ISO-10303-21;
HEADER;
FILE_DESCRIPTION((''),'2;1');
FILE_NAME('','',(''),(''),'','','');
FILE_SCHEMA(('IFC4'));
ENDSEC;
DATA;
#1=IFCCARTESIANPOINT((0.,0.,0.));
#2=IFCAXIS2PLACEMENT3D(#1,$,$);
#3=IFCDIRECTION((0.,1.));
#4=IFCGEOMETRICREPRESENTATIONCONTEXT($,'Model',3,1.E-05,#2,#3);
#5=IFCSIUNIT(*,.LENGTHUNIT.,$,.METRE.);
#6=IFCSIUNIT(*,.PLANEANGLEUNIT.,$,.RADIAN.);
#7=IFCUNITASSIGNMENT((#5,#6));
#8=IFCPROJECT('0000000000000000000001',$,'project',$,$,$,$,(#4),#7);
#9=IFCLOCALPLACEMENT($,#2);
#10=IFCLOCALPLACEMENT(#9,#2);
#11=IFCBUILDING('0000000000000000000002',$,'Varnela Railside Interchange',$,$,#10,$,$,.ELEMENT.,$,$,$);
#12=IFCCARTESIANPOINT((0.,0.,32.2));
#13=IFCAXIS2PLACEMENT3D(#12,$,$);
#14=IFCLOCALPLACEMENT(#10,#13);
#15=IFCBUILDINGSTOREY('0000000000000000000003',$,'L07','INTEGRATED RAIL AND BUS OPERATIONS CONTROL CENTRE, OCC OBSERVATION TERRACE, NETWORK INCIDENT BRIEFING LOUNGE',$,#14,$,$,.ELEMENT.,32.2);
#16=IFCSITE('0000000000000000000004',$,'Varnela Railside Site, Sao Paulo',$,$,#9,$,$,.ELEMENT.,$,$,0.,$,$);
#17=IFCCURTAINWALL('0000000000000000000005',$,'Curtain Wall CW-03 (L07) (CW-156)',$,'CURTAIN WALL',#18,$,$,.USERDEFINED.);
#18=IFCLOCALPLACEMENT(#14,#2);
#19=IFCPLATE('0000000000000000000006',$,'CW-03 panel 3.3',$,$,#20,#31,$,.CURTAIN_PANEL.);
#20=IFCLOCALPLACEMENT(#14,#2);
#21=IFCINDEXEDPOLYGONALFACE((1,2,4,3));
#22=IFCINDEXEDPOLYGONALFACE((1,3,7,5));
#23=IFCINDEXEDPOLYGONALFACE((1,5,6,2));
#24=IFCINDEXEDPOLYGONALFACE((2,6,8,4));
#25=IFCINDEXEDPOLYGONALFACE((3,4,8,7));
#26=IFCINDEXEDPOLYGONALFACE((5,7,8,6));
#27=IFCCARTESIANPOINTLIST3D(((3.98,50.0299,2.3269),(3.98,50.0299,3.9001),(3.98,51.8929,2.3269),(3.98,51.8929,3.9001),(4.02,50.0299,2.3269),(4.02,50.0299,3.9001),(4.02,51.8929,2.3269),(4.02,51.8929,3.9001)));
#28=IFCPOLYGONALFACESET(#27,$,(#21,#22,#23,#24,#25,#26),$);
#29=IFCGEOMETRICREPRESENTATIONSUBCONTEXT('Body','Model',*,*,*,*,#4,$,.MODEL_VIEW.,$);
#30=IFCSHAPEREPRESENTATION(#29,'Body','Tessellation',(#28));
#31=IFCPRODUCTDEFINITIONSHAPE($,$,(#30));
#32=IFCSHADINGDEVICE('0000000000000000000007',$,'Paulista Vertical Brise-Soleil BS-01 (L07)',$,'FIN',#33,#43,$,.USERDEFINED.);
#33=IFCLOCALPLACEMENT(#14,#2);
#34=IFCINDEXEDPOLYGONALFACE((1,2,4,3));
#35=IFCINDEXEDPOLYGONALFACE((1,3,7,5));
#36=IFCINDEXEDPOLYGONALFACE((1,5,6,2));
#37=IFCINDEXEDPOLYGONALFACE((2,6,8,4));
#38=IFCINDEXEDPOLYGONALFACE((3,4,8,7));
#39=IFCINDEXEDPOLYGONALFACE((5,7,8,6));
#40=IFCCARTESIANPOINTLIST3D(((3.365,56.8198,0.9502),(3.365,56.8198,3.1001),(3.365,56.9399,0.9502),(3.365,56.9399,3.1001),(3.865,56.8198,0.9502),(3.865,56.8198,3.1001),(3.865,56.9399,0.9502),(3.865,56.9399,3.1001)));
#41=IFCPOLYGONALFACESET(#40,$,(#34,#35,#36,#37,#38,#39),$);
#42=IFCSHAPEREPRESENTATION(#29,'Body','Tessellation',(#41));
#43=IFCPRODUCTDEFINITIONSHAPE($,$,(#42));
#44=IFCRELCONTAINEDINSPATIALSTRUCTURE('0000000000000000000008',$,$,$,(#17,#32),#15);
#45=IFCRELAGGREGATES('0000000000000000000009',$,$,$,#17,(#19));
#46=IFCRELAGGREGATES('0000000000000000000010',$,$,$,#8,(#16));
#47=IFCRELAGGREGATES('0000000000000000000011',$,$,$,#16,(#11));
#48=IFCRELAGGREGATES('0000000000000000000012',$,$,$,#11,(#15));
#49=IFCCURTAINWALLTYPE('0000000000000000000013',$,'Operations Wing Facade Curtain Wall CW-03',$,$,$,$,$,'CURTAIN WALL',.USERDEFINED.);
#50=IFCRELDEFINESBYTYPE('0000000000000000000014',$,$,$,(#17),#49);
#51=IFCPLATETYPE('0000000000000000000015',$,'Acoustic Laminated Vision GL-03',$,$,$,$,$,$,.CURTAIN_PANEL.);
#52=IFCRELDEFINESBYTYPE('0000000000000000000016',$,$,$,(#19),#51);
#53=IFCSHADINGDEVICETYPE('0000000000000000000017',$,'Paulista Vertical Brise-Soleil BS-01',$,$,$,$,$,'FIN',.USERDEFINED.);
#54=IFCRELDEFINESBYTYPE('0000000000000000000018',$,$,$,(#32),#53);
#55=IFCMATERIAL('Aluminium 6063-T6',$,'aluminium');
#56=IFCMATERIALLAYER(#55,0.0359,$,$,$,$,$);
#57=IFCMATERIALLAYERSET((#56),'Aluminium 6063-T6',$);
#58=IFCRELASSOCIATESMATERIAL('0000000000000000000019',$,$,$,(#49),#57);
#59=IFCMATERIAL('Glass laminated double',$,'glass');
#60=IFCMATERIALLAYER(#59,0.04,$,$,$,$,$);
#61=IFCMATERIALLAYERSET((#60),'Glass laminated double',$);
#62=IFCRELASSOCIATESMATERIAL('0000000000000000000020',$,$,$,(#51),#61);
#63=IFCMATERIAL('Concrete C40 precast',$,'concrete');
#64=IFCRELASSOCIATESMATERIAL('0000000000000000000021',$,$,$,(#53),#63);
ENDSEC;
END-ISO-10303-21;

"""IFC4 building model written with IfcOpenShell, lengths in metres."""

from ifc_helpers import new_model, si_unit, direction, frame, origin, origin_2d, place, context, subcontext, project, spatial, rectangle, extrude, material, layer, layer_set, type_object, element, aggregate, save


model = new_model("IFC4")

# Units and contexts
model_context = context("Model", 3, precision=1e-05, world=origin(), true_north=direction((0.0, 1.0)))
body_context = subcontext(model_context, "Body", "Model", "MODEL_VIEW")
ifc_project = project(units=[si_unit("LENGTHUNIT", "METRE"), si_unit("PLANEANGLEUNIT", "RADIAN")], contexts=[model_context])

# Site, building, storey
site_placement = place(None, origin())
site = spatial("IfcSite", under=ifc_project, at=site_placement, Name="Varnela Railside Site, Sao Paulo", CompositionType="ELEMENT", RefElevation=0.0)
building_placement = place(site_placement, origin())
building = spatial("IfcBuilding", under=site, at=building_placement, Name="Varnela Railside Interchange", CompositionType="ELEMENT")
storey_placement = place(building_placement, frame((0.0, 0.0, 32.2)))
storey = spatial("IfcBuildingStorey", under=building, at=storey_placement, Name="L07", Description="INTEGRATED RAIL AND BUS OPERATIONS CONTROL CENTRE, OCC OBSERVATION TERRACE, NETWORK INCIDENT BRIEFING LOUNGE", CompositionType="ELEMENT", Elevation=32.2)

# Curtain wall
ifc_material_1 = material(Name="Aluminium 6063-T6", Category="aluminium")
ifc_layer_1 = layer(ifc_material_1, 0.0359)
ifc_layer_set_1 = layer_set([ifc_layer_1], Name="Aluminium 6063-T6")
curtain_wall_type = type_object("IfcCurtainWallType", Name="Operations Wing Facade Curtain Wall CW-03", ElementType="CURTAIN WALL", PredefinedType="USERDEFINED", material=ifc_layer_set_1)
curtain_wall_placement = place(storey_placement, origin())
curtain_wall = element("IfcCurtainWall", 1, at=curtain_wall_placement, inside=storey, type_object=curtain_wall_type, Name="Curtain Wall CW-03 (L07) (CW-156)", ObjectType="CURTAIN WALL", PredefinedType="USERDEFINED")

# Plate
ifc_material_2 = material(Name="Glass laminated double", Category="glass")
ifc_layer_2 = layer(ifc_material_2, 0.04)
ifc_layer_set_2 = layer_set([ifc_layer_2], Name="Glass laminated double")
plate_type = type_object("IfcPlateType", Name="Acoustic Laminated Vision GL-03", PredefinedType="CURTAIN_PANEL", material=ifc_layer_set_2)
plate_1_placement = place(storey_placement, frame((4.0, 50.9614, 2.3269), z_axis=(0.0, 0.0, 1.0), x_axis=(0.0, 1.0, 0.0)))
plate_1 = element("IfcPlate", 2, at=plate_1_placement, type_object=plate_type, Name="CW-03 panel 3.3", PredefinedType="CURTAIN_PANEL", context=body_context, shape_type="SweptSolid", body=[
    extrude(rectangle(XDim=1.863, YDim=0.04, at=origin_2d()), origin(), (0.0, 0.0, 1.0), 1.5732),
])
aggregate(curtain_wall, [plate_1])

# Shading device
ifc_material_3 = material(Name="Concrete C40 precast", Category="concrete")
shading_device_type = type_object("IfcShadingDeviceType", Name="Paulista Vertical Brise-Soleil BS-01", ElementType="FIN", PredefinedType="USERDEFINED", material=ifc_material_3)
shading_device_placement = place(storey_placement, frame((3.615, 56.8799, 0.9502), z_axis=(0.0, 0.0, 1.0), x_axis=(-1.0, 0.0, 0.0)))
element("IfcShadingDevice", 3, at=shading_device_placement, inside=storey, type_object=shading_device_type, Name="Paulista Vertical Brise-Soleil BS-01 (L07)", ObjectType="FIN", PredefinedType="USERDEFINED", context=body_context, shape_type="SweptSolid", body=[
    extrude(rectangle(XDim=0.5, YDim=0.1201, at=origin_2d()), origin(), (0.0, 0.0, 1.0), 2.1499),
])

save(model, "model.ifc")
